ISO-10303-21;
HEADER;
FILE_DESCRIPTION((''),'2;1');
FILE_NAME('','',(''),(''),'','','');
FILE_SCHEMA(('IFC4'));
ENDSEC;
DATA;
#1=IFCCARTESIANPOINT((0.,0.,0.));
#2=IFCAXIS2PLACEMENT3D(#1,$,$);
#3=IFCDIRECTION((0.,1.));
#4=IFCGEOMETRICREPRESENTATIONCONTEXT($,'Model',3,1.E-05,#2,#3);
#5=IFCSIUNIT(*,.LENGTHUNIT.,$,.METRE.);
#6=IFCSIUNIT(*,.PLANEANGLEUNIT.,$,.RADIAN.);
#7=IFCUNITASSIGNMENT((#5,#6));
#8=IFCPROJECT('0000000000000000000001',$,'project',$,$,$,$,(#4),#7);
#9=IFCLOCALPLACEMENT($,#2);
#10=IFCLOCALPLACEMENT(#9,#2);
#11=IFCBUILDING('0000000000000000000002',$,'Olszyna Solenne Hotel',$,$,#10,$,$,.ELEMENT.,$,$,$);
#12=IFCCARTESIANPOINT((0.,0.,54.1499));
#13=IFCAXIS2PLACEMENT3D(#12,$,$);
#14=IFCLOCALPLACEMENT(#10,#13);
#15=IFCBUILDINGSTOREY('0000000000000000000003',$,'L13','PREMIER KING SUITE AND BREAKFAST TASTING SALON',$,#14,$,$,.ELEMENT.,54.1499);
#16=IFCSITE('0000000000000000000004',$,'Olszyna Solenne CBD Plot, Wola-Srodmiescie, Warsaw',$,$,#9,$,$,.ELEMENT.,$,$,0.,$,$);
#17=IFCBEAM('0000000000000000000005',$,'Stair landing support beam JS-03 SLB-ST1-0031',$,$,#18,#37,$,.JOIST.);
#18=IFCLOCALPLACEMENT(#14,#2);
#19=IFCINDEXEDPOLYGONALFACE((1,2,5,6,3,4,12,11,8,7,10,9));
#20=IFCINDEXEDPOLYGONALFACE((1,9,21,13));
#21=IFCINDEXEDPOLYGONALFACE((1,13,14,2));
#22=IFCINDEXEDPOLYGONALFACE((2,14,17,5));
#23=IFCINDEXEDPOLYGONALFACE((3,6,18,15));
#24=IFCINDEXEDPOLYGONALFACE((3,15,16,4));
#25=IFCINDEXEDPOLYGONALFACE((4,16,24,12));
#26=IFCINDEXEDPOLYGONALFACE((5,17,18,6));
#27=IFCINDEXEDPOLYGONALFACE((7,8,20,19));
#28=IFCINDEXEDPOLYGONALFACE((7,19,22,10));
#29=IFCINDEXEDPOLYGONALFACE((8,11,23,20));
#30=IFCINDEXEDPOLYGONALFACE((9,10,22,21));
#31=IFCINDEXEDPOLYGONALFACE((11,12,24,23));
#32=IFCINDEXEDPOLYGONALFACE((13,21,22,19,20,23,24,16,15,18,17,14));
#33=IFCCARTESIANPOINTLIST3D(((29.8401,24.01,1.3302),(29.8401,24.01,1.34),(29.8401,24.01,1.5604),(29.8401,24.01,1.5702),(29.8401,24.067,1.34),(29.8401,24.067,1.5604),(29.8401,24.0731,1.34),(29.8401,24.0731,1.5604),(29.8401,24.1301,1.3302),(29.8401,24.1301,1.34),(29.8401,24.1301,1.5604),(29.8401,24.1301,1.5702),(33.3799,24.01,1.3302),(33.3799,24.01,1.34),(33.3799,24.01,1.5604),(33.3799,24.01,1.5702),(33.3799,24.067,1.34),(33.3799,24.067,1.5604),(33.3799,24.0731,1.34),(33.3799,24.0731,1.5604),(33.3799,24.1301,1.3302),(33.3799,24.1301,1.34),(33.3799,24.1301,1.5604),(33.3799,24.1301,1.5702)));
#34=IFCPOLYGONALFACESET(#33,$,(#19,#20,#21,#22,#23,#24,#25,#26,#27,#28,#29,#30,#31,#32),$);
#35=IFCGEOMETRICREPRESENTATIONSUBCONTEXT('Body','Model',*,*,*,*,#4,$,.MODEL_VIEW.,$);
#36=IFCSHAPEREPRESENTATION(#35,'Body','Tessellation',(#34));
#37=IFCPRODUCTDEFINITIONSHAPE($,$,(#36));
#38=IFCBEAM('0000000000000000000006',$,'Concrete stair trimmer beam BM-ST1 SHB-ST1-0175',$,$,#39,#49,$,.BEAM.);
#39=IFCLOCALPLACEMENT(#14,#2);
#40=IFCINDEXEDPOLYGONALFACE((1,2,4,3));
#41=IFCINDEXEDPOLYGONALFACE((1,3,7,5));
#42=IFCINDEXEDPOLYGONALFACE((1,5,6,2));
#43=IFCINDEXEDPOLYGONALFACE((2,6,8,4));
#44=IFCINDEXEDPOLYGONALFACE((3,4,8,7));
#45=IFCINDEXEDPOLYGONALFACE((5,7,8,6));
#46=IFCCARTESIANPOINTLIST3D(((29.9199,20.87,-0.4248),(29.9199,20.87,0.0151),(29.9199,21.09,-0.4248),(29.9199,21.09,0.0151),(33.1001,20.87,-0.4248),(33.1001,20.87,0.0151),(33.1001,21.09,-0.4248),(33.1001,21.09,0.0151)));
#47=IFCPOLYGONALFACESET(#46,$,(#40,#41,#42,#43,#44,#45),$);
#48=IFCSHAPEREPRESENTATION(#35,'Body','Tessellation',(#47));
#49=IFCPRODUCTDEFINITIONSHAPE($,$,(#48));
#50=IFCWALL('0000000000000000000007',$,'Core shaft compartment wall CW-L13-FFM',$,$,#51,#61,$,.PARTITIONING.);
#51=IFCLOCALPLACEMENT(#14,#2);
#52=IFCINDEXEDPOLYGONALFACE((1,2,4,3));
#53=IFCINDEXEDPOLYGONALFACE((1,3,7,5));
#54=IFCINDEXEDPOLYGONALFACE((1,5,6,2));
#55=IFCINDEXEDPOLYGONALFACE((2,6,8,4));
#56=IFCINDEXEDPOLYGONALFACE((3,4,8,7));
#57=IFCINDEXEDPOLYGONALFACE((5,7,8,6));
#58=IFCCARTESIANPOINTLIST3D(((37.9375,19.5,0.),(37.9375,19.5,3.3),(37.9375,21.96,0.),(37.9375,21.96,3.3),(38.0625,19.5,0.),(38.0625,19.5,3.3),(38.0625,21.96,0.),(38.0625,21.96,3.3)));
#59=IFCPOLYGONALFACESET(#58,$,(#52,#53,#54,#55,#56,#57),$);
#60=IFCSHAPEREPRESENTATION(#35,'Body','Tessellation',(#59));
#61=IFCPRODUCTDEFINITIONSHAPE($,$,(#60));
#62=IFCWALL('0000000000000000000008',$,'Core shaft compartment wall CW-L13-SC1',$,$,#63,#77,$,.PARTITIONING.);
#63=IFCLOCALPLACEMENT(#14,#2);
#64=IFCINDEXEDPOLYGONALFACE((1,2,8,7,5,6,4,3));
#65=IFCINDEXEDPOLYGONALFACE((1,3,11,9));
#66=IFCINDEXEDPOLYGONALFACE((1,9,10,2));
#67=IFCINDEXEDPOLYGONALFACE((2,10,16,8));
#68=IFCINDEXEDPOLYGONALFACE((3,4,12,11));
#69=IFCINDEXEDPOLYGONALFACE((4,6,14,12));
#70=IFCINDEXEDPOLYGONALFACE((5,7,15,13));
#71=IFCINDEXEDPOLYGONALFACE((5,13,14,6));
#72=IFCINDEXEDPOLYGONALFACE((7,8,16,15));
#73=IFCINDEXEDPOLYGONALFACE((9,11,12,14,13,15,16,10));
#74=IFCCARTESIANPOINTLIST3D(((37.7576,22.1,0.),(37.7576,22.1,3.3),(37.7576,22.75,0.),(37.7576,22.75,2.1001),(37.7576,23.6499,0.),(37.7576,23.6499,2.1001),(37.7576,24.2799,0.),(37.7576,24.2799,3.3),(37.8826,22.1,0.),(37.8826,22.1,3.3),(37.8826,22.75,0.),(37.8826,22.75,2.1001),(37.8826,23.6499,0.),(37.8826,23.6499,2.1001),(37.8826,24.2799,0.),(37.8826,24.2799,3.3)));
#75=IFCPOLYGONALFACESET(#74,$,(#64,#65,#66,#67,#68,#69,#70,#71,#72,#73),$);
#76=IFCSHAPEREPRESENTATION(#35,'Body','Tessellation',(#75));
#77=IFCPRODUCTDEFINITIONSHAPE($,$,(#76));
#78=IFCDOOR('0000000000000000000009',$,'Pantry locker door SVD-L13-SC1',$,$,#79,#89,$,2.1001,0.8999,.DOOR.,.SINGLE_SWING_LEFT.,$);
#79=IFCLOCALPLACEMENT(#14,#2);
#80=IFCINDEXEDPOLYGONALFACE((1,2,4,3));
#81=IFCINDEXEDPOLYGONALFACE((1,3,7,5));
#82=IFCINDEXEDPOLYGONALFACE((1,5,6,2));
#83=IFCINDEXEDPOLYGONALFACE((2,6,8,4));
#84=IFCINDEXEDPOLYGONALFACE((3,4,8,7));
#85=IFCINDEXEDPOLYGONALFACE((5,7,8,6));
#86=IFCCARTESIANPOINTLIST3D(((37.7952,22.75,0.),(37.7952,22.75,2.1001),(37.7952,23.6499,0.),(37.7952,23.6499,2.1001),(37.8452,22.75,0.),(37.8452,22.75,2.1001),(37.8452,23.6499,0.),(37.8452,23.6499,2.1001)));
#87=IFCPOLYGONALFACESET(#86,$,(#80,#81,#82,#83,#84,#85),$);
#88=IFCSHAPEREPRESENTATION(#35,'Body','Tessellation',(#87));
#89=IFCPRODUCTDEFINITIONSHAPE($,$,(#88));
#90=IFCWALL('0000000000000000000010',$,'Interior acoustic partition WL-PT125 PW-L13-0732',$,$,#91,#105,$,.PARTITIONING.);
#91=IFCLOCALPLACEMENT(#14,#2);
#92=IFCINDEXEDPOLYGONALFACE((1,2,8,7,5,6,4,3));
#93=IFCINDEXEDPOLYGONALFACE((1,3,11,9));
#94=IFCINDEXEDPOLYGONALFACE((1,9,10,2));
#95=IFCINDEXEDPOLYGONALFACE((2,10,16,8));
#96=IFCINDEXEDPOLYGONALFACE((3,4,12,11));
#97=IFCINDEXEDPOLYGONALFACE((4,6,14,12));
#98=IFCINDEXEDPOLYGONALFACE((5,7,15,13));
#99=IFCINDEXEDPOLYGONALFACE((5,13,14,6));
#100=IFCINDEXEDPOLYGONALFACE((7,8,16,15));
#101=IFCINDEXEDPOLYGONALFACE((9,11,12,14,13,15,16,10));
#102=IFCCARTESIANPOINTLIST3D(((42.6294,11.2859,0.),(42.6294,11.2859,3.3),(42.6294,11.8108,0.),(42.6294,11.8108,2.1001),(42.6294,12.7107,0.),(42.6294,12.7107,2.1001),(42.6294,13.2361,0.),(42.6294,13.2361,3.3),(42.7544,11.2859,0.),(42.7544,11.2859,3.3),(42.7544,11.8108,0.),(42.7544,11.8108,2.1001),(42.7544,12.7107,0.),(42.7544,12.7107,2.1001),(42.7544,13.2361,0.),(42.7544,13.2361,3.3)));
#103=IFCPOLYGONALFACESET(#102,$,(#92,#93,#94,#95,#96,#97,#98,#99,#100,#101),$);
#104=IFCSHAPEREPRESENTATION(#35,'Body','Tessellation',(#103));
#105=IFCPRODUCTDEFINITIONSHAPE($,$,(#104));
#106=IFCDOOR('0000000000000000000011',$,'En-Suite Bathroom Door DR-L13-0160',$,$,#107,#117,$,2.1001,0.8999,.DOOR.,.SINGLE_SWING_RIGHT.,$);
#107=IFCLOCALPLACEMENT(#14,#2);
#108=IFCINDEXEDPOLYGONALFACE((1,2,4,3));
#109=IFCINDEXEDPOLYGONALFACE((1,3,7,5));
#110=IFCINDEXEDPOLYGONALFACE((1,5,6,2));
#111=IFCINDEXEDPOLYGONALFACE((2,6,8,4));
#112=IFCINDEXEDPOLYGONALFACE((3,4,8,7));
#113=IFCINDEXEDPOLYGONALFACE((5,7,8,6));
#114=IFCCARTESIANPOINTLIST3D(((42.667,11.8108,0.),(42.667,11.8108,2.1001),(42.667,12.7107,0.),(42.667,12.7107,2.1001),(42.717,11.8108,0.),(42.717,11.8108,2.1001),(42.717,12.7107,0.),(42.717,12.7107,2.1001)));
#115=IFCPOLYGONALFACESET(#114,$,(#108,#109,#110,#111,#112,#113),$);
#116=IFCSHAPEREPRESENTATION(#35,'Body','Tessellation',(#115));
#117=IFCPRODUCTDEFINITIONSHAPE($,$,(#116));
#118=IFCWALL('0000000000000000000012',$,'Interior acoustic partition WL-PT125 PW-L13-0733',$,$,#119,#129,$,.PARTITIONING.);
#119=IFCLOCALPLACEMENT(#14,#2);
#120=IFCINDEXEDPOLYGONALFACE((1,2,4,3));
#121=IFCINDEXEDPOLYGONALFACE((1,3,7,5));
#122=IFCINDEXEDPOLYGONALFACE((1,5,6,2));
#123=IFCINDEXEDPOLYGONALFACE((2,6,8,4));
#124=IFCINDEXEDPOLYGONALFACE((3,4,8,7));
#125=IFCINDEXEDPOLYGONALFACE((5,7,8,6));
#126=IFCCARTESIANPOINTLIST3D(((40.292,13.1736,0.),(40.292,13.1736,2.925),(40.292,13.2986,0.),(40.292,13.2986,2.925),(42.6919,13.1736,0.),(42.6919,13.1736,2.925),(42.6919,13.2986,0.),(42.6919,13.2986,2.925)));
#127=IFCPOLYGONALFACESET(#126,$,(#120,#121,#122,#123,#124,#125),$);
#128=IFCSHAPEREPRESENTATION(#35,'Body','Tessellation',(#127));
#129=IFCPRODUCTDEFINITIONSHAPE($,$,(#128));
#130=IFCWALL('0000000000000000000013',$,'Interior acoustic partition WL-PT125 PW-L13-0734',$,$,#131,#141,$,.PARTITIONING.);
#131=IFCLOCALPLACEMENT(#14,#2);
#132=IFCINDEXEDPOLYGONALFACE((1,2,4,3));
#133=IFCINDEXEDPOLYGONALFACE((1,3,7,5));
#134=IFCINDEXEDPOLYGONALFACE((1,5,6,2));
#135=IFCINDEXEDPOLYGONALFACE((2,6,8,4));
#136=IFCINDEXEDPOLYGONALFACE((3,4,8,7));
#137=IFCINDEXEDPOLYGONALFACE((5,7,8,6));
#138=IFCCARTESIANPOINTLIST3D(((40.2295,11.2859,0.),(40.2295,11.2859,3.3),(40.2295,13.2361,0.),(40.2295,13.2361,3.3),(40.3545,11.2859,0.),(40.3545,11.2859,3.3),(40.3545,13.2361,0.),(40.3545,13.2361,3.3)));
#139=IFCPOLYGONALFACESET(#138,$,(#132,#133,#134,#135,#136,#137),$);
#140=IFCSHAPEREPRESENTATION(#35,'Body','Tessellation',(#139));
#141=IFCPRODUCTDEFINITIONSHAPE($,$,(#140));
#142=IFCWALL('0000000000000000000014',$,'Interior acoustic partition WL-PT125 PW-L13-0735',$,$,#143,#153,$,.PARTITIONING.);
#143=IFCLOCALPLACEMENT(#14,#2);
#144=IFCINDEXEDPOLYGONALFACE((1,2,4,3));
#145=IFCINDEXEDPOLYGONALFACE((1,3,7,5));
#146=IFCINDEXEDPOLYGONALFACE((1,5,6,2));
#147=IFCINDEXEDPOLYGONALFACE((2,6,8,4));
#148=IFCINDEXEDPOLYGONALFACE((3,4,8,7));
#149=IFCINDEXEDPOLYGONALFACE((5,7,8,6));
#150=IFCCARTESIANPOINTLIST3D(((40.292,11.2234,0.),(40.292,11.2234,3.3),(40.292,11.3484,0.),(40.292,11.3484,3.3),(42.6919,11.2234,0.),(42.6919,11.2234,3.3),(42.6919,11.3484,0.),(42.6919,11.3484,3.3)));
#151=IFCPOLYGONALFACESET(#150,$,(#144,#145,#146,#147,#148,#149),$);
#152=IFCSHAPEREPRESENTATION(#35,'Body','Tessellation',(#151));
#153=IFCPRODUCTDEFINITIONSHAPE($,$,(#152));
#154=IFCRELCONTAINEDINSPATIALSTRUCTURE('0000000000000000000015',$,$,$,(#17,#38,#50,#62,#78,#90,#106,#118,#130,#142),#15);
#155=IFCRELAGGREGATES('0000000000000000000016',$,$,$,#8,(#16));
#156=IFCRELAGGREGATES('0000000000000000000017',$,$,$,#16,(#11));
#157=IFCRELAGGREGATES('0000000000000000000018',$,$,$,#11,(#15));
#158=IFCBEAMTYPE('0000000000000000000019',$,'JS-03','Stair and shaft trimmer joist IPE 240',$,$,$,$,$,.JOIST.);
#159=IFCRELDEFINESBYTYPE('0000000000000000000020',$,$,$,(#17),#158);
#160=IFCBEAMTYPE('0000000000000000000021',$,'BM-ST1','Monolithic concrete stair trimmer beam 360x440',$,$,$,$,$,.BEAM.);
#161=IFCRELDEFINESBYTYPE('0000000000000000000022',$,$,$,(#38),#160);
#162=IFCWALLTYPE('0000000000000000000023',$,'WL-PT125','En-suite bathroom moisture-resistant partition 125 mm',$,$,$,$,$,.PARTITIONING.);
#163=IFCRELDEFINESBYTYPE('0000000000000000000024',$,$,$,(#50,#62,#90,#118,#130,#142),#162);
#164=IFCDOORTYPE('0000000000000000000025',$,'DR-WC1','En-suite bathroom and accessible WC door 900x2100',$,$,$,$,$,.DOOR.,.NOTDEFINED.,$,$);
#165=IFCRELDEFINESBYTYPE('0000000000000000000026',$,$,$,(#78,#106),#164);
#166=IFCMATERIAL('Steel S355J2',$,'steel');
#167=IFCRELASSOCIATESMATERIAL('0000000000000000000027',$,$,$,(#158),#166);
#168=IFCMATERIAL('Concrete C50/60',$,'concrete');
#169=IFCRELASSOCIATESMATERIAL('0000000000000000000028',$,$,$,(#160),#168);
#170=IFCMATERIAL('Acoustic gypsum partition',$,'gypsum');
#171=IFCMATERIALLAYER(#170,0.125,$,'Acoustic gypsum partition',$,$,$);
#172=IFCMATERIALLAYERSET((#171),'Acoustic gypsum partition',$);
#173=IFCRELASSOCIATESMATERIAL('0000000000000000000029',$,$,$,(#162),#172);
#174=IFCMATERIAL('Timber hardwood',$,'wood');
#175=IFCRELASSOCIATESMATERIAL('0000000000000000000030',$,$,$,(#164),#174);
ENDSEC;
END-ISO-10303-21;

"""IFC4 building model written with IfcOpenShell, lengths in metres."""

from ifc_helpers import new_model, si_unit, direction, frame, frame_2d, origin, origin_2d, place, context, subcontext, project, spatial, rectangle, i_section, extrude, source, transform, mapped, material, layer, layer_set, material_profile, profile_set, type_object, type_shapes, element, fill, save


model = new_model("IFC4")

# Units and contexts
model_context = context("Model", 3, precision=1e-05, world=origin(), true_north=direction((0.0, 1.0)))
body_context = subcontext(model_context, "Body", "Model", "MODEL_VIEW")
ifc_project = project(units=[si_unit("LENGTHUNIT", "METRE"), si_unit("PLANEANGLEUNIT", "RADIAN")], contexts=[model_context])

# Site, building, storey
site_placement = place(None, origin())
site = spatial("IfcSite", under=ifc_project, at=site_placement, Name="Olszyna Solenne CBD Plot, Wola-Srodmiescie, Warsaw", CompositionType="ELEMENT", RefElevation=0.0)
building_placement = place(site_placement, origin())
building = spatial("IfcBuilding", under=site, at=building_placement, Name="Olszyna Solenne Hotel", CompositionType="ELEMENT")
storey_placement = place(building_placement, frame((0.0, 0.0, 54.1499)))
storey = spatial("IfcBuildingStorey", under=building, at=storey_placement, Name="L13", Description="PREMIER KING SUITE AND BREAKFAST TASTING SALON", CompositionType="ELEMENT", Elevation=54.1499)

# Beams
ifc_material_1 = material(Name="Steel S355J2", Category="steel")
ifc_material_profile_1 = material_profile(ifc_material_1, i_section(OverallWidth=0.1201, OverallDepth=0.24, WebThickness=0.0061, FlangeThickness=0.0098, at=origin_2d()), Name="IPE 240", Category="load-bearing")
ifc_profile_set_1 = profile_set([ifc_material_profile_1], Name="Steel S355J2")
beam_type_1 = type_object("IfcBeamType", Name="JS-03", Description="Stair and shaft trimmer joist IPE 240", PredefinedType="JOIST", material=ifc_profile_set_1)
shared_shape_1 = source(origin(), body_context, "Body", "SweptSolid", [
    extrude(i_section(OverallWidth=0.1201, OverallDepth=0.24, WebThickness=0.0061, FlangeThickness=0.0098, at=origin_2d()), origin(), (0.0, 0.0, 1.0), 3.5398),
])
beam_1_placement = place(storey_placement, frame((33.3799, 24.0701, 1.4502), z_axis=(-1.0, 0.0, 0.0), x_axis=(0.0, -1.0, 0.0)))
element("IfcBeam", 1, at=beam_1_placement, inside=storey, type_object=beam_type_1, Name="Stair landing support beam JS-03 SLB-ST1-0031", PredefinedType="JOIST", context=body_context, shape_type="MappedRepresentation", body=[
    mapped(shared_shape_1, transform((0.0, 0.0, 0.0), x_axis=(1.0, 0.0, 0.0), y_axis=(0.0, 1.0, 0.0), z_axis=(0.0, 0.0, 1.0), scale=1.0)),
])
ifc_material_2 = material(Name="Concrete C50/60", Category="concrete")
ifc_material_profile_2 = material_profile(ifc_material_2, rectangle(XDim=0.22, YDim=0.4399, at=origin_2d()), Name="RC 220x440", Category="load-bearing")
ifc_profile_set_2 = profile_set([ifc_material_profile_2], Name="Concrete C50/60")
beam_type_2 = type_object("IfcBeamType", Name="BM-ST1", Description="Monolithic concrete stair trimmer beam 360x440", PredefinedType="BEAM", material=ifc_profile_set_2)
shared_shape_2 = source(origin(), body_context, "Body", "SweptSolid", [
    extrude(rectangle(XDim=0.22, YDim=0.4399, at=origin_2d()), origin(), (0.0, 0.0, 1.0), 3.1802),
])
beam_2_placement = place(storey_placement, frame((33.1001, 20.98, -0.2048), z_axis=(-1.0, 0.0, 0.0), x_axis=(0.0, -1.0, 0.0)))
element("IfcBeam", 2, at=beam_2_placement, inside=storey, type_object=beam_type_2, Name="Concrete stair trimmer beam BM-ST1 SHB-ST1-0175", PredefinedType="BEAM", context=body_context, shape_type="MappedRepresentation", body=[
    mapped(shared_shape_2, transform((0.0, 0.0, 0.0), x_axis=(1.0, 0.0, 0.0), y_axis=(0.0, 1.0, 0.0), z_axis=(0.0, 0.0, 1.0), scale=1.0)),
])

# Wall
ifc_material_3 = material(Name="Acoustic gypsum partition", Category="gypsum")
ifc_layer_1 = layer(ifc_material_3, 0.125, Name="Acoustic gypsum partition")
ifc_layer_set_1 = layer_set([ifc_layer_1], Name="Acoustic gypsum partition")
wall_type_1 = type_object("IfcWallType", Name="WL-PT125", Description="En-suite bathroom moisture-resistant partition 125 mm", PredefinedType="PARTITIONING", material=ifc_layer_set_1)
wall_1_placement = place(storey_placement, frame((38.0, 19.5, 0.0), z_axis=(0.0, 0.0, 1.0), x_axis=(0.0, 1.0, 0.0)))
element("IfcWall", 3, at=wall_1_placement, inside=storey, type_object=wall_type_1, Name="Core shaft compartment wall CW-L13-FFM", PredefinedType="PARTITIONING", context=body_context, shape_type="SweptSolid", body=[
    extrude(rectangle(XDim=2.46, YDim=0.125, at=frame_2d((1.23, 0.0))), origin(), (0.0, 0.0, 1.0), 3.3),
])

# Walls, openings, doors
wall_2_placement = place(storey_placement, frame((37.8201, 22.1001, 0.0), z_axis=(0.0, 0.0, 1.0), x_axis=(0.0, 1.0, 0.0)))
wall_2 = element("IfcWall", 4, at=wall_2_placement, inside=storey, type_object=wall_type_1, Name="Core shaft compartment wall CW-L13-SC1", PredefinedType="PARTITIONING", context=body_context, shape_type="SweptSolid", body=[
    extrude(rectangle(XDim=2.1799, YDim=0.125, at=frame_2d((1.0898, 0.0))), origin(), (0.0, 0.0, 1.0), 3.3),
])
opening_1_placement = place(wall_2_placement, frame((0.6499, 0.0, 0.0)))
opening_1 = element("IfcOpeningElement", 5, at=opening_1_placement, cuts=wall_2, PredefinedType="OPENING", context=body_context, shape_type="SweptSolid", body=[
    extrude(rectangle(XDim=0.8999, YDim=2.1001, at=frame_2d((0.45, 1.05))), frame((0.0, 0.0725, 0.0), z_axis=(0.0, -1.0, 0.0), x_axis=(1.0, 0.0, 0.0)), (0.0, 0.0, 1.0), 0.145),
])
ifc_material_4 = material(Name="Timber hardwood", Category="wood")
door_type_1 = type_object("IfcDoorType", Name="DR-WC1", Description="En-suite bathroom and accessible WC door 900x2100", OperationType="NOTDEFINED", PredefinedType="DOOR", material=ifc_material_4)
shared_shape_3 = source(origin(), body_context, "Body", "SweptSolid", [
    extrude(rectangle(XDim=0.8999, YDim=2.1001, at=frame_2d((0.45, 1.05))), frame((0.0, 0.0249, 0.0), z_axis=(0.0, -1.0, 0.0), x_axis=(1.0, 0.0, 0.0)), (0.0, 0.0, 1.0), 0.05),
])
type_shapes(door_type_1, [shared_shape_3])
door_1_placement = place(opening_1_placement, origin())
door_1 = element("IfcDoor", 6, at=door_1_placement, inside=storey, type_object=door_type_1, Name="Pantry locker door SVD-L13-SC1", OperationType="SINGLE_SWING_LEFT", OverallHeight=2.1001, OverallWidth=0.8999, PredefinedType="DOOR", context=body_context, shape_type="MappedRepresentation", body=[
    mapped(shared_shape_3, transform((0.0, 0.0, 0.0), x_axis=(1.0, 0.0, 0.0), y_axis=(0.0, 1.0, 0.0), z_axis=(0.0, 0.0, 1.0), scale=1.0)),
])
fill(opening_1, door_1)
wall_3_placement = place(storey_placement, frame((42.6919, 11.2859, 0.0), z_axis=(0.0, 0.0, 1.0), x_axis=(0.0, 1.0, 0.0)))
wall_3 = element("IfcWall", 7, at=wall_3_placement, inside=storey, type_object=wall_type_1, Name="Interior acoustic partition WL-PT125 PW-L13-0732", PredefinedType="PARTITIONING", context=body_context, shape_type="SweptSolid", body=[
    extrude(rectangle(XDim=1.9502, YDim=0.125, at=frame_2d((0.9751, 0.0))), origin(), (0.0, 0.0, 1.0), 3.3),
])
opening_2_placement = place(wall_3_placement, frame((0.5249, 0.0, 0.0)))
opening_2 = element("IfcOpeningElement", 8, at=opening_2_placement, cuts=wall_3, PredefinedType="OPENING", context=body_context, shape_type="SweptSolid", body=[
    extrude(rectangle(XDim=0.8999, YDim=2.1001, at=frame_2d((0.45, 1.05))), frame((0.0, 0.0725, 0.0), z_axis=(0.0, -1.0, 0.0), x_axis=(1.0, 0.0, 0.0)), (0.0, 0.0, 1.0), 0.145),
])
door_2_placement = place(opening_2_placement, origin())
door_2 = element("IfcDoor", 9, at=door_2_placement, inside=storey, type_object=door_type_1, Name="En-Suite Bathroom Door DR-L13-0160", OperationType="SINGLE_SWING_RIGHT", OverallHeight=2.1001, OverallWidth=0.8999, PredefinedType="DOOR", context=body_context, shape_type="MappedRepresentation", body=[
    mapped(shared_shape_3, transform((0.0, 0.0, 0.0), x_axis=(1.0, 0.0, 0.0), y_axis=(0.0, 1.0, 0.0), z_axis=(0.0, 0.0, 1.0), scale=1.0)),
])
fill(opening_2, door_2)

# Walls
wall_4_placement = place(storey_placement, frame((42.6919, 13.2361, 0.0), z_axis=(0.0, 0.0, 1.0), x_axis=(-1.0, 0.0, 0.0)))
element("IfcWall", 10, at=wall_4_placement, inside=storey, type_object=wall_type_1, Name="Interior acoustic partition WL-PT125 PW-L13-0733", PredefinedType="PARTITIONING", context=body_context, shape_type="SweptSolid", body=[
    extrude(rectangle(XDim=2.3999, YDim=0.125, at=frame_2d((1.2, 0.0))), origin(), (0.0, 0.0, 1.0), 2.925),
])
wall_5_placement = place(storey_placement, frame((40.292, 13.2361, 0.0), z_axis=(0.0, 0.0, 1.0), x_axis=(0.0, -1.0, 0.0)))
element("IfcWall", 11, at=wall_5_placement, inside=storey, type_object=wall_type_1, Name="Interior acoustic partition WL-PT125 PW-L13-0734", PredefinedType="PARTITIONING", context=body_context, shape_type="SweptSolid", body=[
    extrude(rectangle(XDim=1.9502, YDim=0.125, at=frame_2d((0.9751, 0.0))), origin(), (0.0, 0.0, 1.0), 3.3),
])
wall_6_placement = place(storey_placement, frame((40.292, 11.2859, 0.0), z_axis=(0.0, 0.0, 1.0), x_axis=(1.0, 0.0, 0.0)))
element("IfcWall", 12, at=wall_6_placement, inside=storey, type_object=wall_type_1, Name="Interior acoustic partition WL-PT125 PW-L13-0735", PredefinedType="PARTITIONING", context=body_context, shape_type="SweptSolid", body=[
    extrude(rectangle(XDim=2.3999, YDim=0.125, at=frame_2d((1.2, 0.0))), origin(), (0.0, 0.0, 1.0), 3.3),
])

save(model, "model.ifc")
